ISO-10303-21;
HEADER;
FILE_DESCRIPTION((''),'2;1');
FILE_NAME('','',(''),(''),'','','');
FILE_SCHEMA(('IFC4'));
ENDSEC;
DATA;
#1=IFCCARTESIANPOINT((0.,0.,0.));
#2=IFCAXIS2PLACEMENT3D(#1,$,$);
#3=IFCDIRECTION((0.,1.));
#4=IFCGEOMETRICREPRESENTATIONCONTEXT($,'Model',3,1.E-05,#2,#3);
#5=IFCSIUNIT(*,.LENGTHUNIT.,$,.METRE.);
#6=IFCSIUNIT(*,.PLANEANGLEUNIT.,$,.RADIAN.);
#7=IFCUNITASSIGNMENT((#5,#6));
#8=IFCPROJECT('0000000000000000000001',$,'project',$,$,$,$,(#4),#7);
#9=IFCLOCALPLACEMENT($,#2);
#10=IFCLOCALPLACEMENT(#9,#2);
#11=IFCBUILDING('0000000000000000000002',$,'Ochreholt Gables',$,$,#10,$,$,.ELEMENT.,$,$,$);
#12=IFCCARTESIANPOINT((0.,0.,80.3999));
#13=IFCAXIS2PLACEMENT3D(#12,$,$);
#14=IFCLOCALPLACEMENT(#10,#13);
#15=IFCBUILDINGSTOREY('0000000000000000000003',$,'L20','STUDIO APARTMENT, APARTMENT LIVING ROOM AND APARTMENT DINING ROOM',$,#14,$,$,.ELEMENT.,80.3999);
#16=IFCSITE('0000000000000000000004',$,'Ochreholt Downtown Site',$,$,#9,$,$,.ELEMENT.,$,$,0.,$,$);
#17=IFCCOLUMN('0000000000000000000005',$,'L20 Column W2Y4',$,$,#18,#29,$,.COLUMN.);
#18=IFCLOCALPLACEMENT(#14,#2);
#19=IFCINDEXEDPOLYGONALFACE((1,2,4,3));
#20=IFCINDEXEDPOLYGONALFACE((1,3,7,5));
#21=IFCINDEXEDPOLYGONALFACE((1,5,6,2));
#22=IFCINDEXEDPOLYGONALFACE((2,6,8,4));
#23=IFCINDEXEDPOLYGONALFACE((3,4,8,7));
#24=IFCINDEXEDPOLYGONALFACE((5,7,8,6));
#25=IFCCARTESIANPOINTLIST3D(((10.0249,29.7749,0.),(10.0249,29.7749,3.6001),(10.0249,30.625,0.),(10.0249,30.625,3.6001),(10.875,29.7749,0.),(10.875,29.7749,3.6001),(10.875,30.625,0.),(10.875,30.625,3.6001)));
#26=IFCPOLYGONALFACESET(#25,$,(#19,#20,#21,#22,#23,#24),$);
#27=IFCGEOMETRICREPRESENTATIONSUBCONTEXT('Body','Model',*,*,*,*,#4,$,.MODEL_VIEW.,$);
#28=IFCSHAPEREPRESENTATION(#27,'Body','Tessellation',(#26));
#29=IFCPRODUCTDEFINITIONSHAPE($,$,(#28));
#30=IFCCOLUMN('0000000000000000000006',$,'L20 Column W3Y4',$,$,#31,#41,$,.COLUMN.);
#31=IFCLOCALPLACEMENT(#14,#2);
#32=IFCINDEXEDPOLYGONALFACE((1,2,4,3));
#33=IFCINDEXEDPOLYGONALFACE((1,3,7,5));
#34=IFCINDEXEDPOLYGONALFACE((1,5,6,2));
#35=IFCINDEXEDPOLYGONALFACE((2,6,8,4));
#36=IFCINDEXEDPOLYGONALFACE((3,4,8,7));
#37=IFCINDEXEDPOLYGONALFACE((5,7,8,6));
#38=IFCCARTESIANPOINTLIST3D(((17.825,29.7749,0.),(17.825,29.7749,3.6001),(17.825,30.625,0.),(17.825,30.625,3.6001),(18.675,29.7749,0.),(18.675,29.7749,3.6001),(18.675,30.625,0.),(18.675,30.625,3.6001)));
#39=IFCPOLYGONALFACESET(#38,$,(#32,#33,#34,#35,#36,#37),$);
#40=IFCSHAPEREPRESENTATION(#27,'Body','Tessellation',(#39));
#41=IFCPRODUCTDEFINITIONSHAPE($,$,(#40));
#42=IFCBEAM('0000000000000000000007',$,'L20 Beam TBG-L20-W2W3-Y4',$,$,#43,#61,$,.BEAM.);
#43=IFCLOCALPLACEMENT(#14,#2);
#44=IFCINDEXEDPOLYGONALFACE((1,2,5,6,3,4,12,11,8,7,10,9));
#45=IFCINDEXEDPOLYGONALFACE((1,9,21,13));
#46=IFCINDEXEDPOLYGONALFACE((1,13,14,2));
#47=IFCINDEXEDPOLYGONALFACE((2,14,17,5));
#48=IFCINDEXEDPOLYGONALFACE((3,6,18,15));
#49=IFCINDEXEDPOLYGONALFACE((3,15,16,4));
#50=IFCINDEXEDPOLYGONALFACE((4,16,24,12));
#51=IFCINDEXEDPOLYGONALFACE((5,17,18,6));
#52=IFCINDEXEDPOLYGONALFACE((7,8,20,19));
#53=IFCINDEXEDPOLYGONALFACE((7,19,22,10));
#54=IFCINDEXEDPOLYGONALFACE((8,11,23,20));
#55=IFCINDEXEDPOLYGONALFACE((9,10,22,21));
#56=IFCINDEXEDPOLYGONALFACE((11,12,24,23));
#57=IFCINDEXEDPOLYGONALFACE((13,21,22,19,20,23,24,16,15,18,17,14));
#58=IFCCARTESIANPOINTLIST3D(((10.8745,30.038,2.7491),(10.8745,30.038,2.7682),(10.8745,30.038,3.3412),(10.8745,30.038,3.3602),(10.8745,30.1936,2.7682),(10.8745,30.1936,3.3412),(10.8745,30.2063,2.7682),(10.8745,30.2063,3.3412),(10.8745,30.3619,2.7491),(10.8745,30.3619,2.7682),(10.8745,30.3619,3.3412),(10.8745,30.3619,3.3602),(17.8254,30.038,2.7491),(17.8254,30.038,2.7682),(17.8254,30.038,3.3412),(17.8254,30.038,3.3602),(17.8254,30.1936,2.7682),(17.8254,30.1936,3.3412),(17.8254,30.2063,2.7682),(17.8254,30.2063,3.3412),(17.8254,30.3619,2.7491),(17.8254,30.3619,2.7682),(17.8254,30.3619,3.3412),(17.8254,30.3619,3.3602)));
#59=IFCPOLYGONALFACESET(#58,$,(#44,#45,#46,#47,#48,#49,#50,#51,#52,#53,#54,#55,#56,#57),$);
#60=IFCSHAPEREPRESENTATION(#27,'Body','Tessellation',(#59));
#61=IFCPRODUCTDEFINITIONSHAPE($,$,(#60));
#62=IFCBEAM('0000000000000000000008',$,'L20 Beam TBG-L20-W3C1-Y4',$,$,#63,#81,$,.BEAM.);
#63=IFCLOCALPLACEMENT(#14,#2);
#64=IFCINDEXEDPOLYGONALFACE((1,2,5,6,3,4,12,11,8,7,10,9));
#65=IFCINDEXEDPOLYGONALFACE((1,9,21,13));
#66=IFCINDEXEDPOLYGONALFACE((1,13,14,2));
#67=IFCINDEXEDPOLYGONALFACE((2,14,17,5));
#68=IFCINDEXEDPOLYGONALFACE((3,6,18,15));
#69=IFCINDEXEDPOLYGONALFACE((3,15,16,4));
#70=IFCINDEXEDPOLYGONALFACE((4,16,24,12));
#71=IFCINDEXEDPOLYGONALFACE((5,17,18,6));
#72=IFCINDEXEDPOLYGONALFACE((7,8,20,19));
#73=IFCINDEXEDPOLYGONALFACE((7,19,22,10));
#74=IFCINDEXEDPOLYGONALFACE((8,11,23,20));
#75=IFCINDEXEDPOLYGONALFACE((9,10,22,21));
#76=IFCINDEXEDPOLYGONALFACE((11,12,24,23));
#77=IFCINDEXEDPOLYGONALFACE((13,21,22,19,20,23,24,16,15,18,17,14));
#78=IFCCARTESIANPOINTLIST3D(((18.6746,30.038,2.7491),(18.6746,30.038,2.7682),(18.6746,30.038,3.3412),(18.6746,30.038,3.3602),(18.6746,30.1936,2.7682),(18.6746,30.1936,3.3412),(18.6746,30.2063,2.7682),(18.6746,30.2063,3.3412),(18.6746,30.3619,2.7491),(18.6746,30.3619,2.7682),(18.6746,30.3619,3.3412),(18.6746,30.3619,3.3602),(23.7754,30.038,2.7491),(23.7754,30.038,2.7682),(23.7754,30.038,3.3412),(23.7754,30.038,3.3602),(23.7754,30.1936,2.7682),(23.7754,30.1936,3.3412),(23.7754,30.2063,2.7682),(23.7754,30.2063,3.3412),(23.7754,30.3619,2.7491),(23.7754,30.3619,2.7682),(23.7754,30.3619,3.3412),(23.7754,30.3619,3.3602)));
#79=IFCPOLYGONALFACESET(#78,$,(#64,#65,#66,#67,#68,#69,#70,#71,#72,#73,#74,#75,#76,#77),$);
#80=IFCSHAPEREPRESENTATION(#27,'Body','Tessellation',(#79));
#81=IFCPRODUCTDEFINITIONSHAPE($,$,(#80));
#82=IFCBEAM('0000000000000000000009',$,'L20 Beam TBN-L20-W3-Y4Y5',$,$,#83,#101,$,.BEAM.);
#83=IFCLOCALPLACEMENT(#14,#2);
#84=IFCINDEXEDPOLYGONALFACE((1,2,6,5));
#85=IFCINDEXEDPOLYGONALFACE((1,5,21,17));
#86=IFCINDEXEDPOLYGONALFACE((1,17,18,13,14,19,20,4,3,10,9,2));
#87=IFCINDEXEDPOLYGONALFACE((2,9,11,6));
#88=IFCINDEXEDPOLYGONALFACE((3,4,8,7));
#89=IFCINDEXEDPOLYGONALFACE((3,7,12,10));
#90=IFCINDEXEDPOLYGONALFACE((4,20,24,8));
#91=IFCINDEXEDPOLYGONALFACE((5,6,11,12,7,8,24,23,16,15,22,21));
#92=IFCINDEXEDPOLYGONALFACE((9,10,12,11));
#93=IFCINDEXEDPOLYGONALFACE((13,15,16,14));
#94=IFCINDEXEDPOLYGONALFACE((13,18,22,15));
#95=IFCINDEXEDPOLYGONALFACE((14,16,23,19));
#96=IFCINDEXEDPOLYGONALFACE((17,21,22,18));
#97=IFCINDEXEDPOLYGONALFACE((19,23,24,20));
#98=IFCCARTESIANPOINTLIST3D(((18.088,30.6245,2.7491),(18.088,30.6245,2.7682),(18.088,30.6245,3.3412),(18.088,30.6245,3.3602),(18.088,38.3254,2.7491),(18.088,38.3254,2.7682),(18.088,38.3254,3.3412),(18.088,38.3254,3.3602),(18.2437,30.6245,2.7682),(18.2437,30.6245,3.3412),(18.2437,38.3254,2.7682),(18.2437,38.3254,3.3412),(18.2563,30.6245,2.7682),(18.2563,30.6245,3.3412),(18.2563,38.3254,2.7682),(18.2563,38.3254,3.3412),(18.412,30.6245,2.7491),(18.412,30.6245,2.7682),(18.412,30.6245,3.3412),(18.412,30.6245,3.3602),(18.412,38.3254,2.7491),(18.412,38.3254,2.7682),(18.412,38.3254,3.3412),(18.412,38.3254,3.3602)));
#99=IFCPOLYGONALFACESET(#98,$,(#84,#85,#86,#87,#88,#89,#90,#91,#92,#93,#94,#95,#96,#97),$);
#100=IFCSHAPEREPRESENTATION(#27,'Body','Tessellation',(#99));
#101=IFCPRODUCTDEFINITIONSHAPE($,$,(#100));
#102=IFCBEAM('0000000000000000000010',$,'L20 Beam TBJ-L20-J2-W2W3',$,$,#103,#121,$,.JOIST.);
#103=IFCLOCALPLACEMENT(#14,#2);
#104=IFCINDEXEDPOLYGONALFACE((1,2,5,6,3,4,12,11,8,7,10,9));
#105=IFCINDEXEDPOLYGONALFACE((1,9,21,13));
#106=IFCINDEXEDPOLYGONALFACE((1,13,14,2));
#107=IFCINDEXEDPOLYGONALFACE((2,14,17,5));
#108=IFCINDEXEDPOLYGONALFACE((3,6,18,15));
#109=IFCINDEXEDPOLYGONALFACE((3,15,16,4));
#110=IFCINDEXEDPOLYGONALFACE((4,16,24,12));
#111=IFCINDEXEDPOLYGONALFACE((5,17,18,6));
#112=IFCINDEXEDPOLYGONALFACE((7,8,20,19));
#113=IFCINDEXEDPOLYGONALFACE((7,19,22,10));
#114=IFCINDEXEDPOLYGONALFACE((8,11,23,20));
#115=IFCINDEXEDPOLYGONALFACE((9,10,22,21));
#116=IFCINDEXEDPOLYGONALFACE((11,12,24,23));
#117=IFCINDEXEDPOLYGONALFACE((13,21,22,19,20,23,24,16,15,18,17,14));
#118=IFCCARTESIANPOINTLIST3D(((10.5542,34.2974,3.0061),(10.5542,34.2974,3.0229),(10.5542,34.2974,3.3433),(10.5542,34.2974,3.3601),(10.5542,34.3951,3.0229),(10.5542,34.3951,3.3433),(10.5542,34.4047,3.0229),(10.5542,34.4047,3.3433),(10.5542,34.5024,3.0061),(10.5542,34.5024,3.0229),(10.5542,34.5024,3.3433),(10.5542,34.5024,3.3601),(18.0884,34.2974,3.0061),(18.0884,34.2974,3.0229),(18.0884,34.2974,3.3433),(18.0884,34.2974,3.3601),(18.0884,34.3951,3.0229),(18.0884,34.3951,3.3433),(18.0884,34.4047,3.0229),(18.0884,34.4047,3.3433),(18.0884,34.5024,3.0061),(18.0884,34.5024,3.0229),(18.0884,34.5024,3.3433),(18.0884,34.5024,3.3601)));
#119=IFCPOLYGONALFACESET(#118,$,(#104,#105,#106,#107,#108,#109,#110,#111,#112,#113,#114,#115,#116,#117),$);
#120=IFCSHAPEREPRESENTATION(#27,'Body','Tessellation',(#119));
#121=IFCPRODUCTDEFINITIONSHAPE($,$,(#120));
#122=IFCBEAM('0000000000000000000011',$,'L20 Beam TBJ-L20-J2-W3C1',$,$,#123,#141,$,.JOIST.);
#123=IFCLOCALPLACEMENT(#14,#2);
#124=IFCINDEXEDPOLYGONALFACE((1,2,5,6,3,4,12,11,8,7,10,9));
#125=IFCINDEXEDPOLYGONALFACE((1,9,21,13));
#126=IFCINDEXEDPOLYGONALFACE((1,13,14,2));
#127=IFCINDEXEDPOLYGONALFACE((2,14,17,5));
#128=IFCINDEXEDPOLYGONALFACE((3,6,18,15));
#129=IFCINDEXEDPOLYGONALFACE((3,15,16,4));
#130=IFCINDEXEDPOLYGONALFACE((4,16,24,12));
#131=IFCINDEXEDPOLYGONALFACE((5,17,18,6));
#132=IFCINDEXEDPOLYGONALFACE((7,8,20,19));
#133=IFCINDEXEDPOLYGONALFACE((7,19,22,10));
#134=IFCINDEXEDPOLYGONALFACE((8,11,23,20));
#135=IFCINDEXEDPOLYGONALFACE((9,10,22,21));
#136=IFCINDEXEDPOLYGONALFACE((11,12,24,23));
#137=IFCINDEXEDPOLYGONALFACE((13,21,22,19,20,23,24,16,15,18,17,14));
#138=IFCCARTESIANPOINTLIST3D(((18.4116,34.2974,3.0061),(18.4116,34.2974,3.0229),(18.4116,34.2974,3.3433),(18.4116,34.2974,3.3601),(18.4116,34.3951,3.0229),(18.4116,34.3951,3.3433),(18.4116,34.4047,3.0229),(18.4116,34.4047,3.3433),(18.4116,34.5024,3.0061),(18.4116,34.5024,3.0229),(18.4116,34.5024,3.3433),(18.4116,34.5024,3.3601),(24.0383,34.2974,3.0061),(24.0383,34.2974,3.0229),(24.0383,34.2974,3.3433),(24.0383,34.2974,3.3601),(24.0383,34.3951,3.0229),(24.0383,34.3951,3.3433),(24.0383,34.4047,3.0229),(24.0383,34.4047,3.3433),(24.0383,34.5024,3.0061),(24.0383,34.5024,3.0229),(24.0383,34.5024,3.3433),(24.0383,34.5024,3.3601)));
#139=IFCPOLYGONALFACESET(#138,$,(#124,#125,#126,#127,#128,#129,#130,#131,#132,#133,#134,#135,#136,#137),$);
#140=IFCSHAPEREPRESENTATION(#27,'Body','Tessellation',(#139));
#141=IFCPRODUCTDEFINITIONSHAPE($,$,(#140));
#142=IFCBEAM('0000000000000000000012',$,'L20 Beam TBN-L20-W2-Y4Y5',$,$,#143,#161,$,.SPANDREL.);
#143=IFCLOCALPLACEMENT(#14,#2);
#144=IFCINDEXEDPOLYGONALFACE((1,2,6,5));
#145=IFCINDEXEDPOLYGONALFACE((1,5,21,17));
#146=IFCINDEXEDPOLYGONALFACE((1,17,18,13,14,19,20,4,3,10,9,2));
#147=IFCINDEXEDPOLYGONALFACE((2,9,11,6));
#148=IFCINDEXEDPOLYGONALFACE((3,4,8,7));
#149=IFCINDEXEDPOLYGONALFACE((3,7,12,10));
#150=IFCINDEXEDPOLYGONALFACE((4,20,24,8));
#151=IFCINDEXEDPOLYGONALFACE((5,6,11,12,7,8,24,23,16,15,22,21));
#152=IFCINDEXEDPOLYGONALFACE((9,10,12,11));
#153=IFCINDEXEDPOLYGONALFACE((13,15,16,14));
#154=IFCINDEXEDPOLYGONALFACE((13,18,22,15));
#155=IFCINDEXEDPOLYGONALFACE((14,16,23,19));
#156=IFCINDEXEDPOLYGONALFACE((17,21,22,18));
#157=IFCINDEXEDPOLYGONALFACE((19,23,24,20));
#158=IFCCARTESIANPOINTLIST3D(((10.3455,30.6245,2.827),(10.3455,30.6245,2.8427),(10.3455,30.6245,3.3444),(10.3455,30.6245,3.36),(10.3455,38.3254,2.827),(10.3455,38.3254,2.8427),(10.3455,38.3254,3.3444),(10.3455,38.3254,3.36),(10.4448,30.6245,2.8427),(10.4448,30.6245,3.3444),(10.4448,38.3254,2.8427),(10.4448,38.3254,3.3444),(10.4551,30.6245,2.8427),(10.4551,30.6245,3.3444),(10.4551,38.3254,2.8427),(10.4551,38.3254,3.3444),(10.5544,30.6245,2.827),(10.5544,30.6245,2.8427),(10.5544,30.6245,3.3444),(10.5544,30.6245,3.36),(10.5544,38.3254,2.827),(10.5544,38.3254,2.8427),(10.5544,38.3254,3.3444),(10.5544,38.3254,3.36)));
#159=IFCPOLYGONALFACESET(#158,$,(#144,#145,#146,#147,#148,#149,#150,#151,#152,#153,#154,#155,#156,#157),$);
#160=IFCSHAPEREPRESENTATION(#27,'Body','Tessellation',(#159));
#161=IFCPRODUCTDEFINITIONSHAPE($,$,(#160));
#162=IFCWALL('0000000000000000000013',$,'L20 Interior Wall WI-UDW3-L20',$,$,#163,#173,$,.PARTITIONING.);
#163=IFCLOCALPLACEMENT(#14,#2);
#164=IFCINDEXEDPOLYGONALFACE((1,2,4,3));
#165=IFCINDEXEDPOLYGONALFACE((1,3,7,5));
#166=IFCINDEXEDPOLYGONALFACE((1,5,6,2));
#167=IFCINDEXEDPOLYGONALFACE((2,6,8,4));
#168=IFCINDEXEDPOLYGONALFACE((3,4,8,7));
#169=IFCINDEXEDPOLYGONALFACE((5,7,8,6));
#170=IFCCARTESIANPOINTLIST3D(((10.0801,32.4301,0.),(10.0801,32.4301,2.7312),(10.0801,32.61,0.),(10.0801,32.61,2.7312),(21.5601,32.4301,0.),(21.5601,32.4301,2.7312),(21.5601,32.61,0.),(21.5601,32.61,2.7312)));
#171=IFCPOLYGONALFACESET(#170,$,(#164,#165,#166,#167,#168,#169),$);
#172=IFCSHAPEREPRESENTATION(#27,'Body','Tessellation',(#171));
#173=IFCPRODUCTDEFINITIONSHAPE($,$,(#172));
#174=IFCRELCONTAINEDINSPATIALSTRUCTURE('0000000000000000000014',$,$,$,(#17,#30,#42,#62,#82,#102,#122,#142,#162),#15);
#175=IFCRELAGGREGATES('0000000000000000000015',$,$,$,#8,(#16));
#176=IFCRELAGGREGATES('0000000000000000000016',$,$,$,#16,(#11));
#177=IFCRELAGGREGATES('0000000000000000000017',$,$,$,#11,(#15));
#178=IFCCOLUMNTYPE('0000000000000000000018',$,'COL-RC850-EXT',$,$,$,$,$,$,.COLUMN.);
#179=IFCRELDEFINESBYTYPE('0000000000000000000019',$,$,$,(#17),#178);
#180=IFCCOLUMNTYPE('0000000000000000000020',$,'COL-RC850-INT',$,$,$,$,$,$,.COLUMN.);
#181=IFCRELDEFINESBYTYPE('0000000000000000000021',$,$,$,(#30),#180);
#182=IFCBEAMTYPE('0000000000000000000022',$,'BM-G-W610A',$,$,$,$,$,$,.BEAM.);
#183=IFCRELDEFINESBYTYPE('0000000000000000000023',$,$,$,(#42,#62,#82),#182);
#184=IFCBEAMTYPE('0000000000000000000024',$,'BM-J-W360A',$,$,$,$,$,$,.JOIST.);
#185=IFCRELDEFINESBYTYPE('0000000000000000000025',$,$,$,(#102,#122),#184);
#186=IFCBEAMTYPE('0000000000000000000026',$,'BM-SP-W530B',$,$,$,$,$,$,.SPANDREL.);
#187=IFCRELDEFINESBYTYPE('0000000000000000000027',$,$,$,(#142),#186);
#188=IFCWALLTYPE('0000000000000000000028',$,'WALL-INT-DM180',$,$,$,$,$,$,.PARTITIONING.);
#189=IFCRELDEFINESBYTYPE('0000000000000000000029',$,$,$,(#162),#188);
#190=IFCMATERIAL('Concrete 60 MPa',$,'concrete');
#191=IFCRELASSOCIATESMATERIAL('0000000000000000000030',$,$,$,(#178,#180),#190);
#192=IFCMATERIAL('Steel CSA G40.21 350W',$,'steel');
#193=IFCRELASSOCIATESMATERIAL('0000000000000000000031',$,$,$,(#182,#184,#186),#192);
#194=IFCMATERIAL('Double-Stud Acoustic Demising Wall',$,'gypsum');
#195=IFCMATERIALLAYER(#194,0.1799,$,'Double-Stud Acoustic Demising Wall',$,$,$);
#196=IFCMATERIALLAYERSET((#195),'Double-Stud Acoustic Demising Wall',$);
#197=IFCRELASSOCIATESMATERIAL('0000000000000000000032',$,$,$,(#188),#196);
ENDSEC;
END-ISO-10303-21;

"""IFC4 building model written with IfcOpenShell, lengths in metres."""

from ifc_helpers import new_model, si_unit, direction, frame, frame_2d, origin, origin_2d, place, context, subcontext, project, spatial, rectangle, i_section, extrude, material, layer, layer_set, material_profile, profile_set, type_object, element, save


model = new_model("IFC4")

# Units and contexts
model_context = context("Model", 3, precision=1e-05, world=origin(), true_north=direction((0.0, 1.0)))
body_context = subcontext(model_context, "Body", "Model", "MODEL_VIEW")
ifc_project = project(units=[si_unit("LENGTHUNIT", "METRE"), si_unit("PLANEANGLEUNIT", "RADIAN")], contexts=[model_context])

# Site, building, storey
site_placement = place(None, origin())
site = spatial("IfcSite", under=ifc_project, at=site_placement, Name="Ochreholt Downtown Site", CompositionType="ELEMENT", RefElevation=0.0)
building_placement = place(site_placement, origin())
building = spatial("IfcBuilding", under=site, at=building_placement, Name="Ochreholt Gables", CompositionType="ELEMENT")
storey_placement = place(building_placement, frame((0.0, 0.0, 80.3999)))
storey = spatial("IfcBuildingStorey", under=building, at=storey_placement, Name="L20", Description="STUDIO APARTMENT, APARTMENT LIVING ROOM AND APARTMENT DINING ROOM", CompositionType="ELEMENT", Elevation=80.3999)

# Columns
ifc_material_1 = material(Name="Concrete 60 MPa", Category="concrete")
ifc_material_profile_1 = material_profile(ifc_material_1, rectangle(XDim=0.8501, YDim=0.8501, at=origin_2d()), Name="RC850X850")
ifc_profile_set_1 = profile_set([ifc_material_profile_1], Name="Concrete 60 MPa")
column_type_1 = type_object("IfcColumnType", Name="COL-RC850-EXT", PredefinedType="COLUMN", material=ifc_profile_set_1)
column_1_placement = place(storey_placement, frame((10.45, 30.2, 0.0), z_axis=(0.0, 0.0, 1.0), x_axis=(1.0, 0.0, 0.0)))
element("IfcColumn", 1, at=column_1_placement, inside=storey, type_object=column_type_1, Name="L20 Column W2Y4", PredefinedType="COLUMN", context=body_context, shape_type="SweptSolid", body=[
    extrude(rectangle(XDim=0.8501, YDim=0.8501, at=origin_2d()), origin(), (0.0, 0.0, 1.0), 3.6001),
])
ifc_material_profile_2 = material_profile(ifc_material_1, rectangle(XDim=0.8501, YDim=0.8501, at=origin_2d()), Name="RC850X850")
ifc_profile_set_2 = profile_set([ifc_material_profile_2], Name="Concrete 60 MPa")
column_type_2 = type_object("IfcColumnType", Name="COL-RC850-INT", PredefinedType="COLUMN", material=ifc_profile_set_2)
column_2_placement = place(storey_placement, frame((18.25, 30.2, 0.0), z_axis=(0.0, 0.0, 1.0), x_axis=(1.0, 0.0, 0.0)))
element("IfcColumn", 2, at=column_2_placement, inside=storey, type_object=column_type_2, Name="L20 Column W3Y4", PredefinedType="COLUMN", context=body_context, shape_type="SweptSolid", body=[
    extrude(rectangle(XDim=0.8501, YDim=0.8501, at=origin_2d()), origin(), (0.0, 0.0, 1.0), 3.6001),
])

# Beams
ifc_material_2 = material(Name="Steel CSA G40.21 350W", Category="steel")
ifc_material_profile_3 = material_profile(ifc_material_2, i_section(OverallWidth=0.324, OverallDepth=0.6111, WebThickness=0.0127, FlangeThickness=0.019, at=origin_2d()), Name="W610X155")
ifc_profile_set_3 = profile_set([ifc_material_profile_3], Name="Steel CSA G40.21 350W")
beam_type_1 = type_object("IfcBeamType", Name="BM-G-W610A", PredefinedType="BEAM", material=ifc_profile_set_3)
beam_1_placement = place(storey_placement, frame((10.8745, 30.2, 3.0547), z_axis=(1.0, 0.0, 0.0), x_axis=(0.0, 1.0, 0.0)))
element("IfcBeam", 3, at=beam_1_placement, inside=storey, type_object=beam_type_1, Name="L20 Beam TBG-L20-W2W3-Y4", PredefinedType="BEAM", context=body_context, shape_type="SweptSolid", body=[
    extrude(i_section(OverallWidth=0.324, OverallDepth=0.6111, WebThickness=0.0127, FlangeThickness=0.019, at=origin_2d()), origin(), (0.0, 0.0, 1.0), 6.9509),
])
beam_2_placement = place(storey_placement, frame((18.6746, 30.2, 3.0547), z_axis=(1.0, 0.0, 0.0), x_axis=(0.0, 1.0, 0.0)))
element("IfcBeam", 4, at=beam_2_placement, inside=storey, type_object=beam_type_1, Name="L20 Beam TBG-L20-W3C1-Y4", PredefinedType="BEAM", context=body_context, shape_type="SweptSolid", body=[
    extrude(i_section(OverallWidth=0.324, OverallDepth=0.6111, WebThickness=0.0127, FlangeThickness=0.019, at=origin_2d()), origin(), (0.0, 0.0, 1.0), 5.1008),
])
beam_3_placement = place(storey_placement, frame((18.25, 30.6245, 3.0547), z_axis=(0.0, 1.0, 0.0), x_axis=(-1.0, 0.0, 0.0)))
element("IfcBeam", 5, at=beam_3_placement, inside=storey, type_object=beam_type_1, Name="L20 Beam TBN-L20-W3-Y4Y5", PredefinedType="BEAM", context=body_context, shape_type="SweptSolid", body=[
    extrude(i_section(OverallWidth=0.324, OverallDepth=0.6111, WebThickness=0.0127, FlangeThickness=0.019, at=origin_2d()), origin(), (0.0, 0.0, 1.0), 7.7009),
])
ifc_material_profile_4 = material_profile(ifc_material_2, i_section(OverallWidth=0.2051, OverallDepth=0.354, WebThickness=0.0095, FlangeThickness=0.0168, at=origin_2d()), Name="W360X79")
ifc_profile_set_4 = profile_set([ifc_material_profile_4], Name="Steel CSA G40.21 350W")
beam_type_2 = type_object("IfcBeamType", Name="BM-J-W360A", PredefinedType="JOIST", material=ifc_profile_set_4)
beam_4_placement = place(storey_placement, frame((10.5542, 34.3999, 3.1831), z_axis=(1.0, 0.0, 0.0), x_axis=(0.0, 1.0, 0.0)))
element("IfcBeam", 6, at=beam_4_placement, inside=storey, type_object=beam_type_2, Name="L20 Beam TBJ-L20-J2-W2W3", PredefinedType="JOIST", context=body_context, shape_type="SweptSolid", body=[
    extrude(i_section(OverallWidth=0.2051, OverallDepth=0.354, WebThickness=0.0095, FlangeThickness=0.0168, at=origin_2d()), origin(), (0.0, 0.0, 1.0), 7.5342),
])
beam_5_placement = place(storey_placement, frame((18.4116, 34.3999, 3.1831), z_axis=(1.0, 0.0, 0.0), x_axis=(0.0, 1.0, 0.0)))
element("IfcBeam", 7, at=beam_5_placement, inside=storey, type_object=beam_type_2, Name="L20 Beam TBJ-L20-J2-W3C1", PredefinedType="JOIST", context=body_context, shape_type="SweptSolid", body=[
    extrude(i_section(OverallWidth=0.2051, OverallDepth=0.354, WebThickness=0.0095, FlangeThickness=0.0168, at=origin_2d()), origin(), (0.0, 0.0, 1.0), 5.6267),
])
ifc_material_profile_5 = material_profile(ifc_material_2, i_section(OverallWidth=0.209, OverallDepth=0.533, WebThickness=0.0103, FlangeThickness=0.0156, at=origin_2d()), Name="W530X92")
ifc_profile_set_5 = profile_set([ifc_material_profile_5], Name="Steel CSA G40.21 350W")
beam_type_3 = type_object("IfcBeamType", Name="BM-SP-W530B", PredefinedType="SPANDREL", material=ifc_profile_set_5)
beam_6_placement = place(storey_placement, frame((10.45, 30.6245, 3.0935), z_axis=(0.0, 1.0, 0.0), x_axis=(-1.0, 0.0, 0.0)))
element("IfcBeam", 8, at=beam_6_placement, inside=storey, type_object=beam_type_3, Name="L20 Beam TBN-L20-W2-Y4Y5", PredefinedType="SPANDREL", context=body_context, shape_type="SweptSolid", body=[
    extrude(i_section(OverallWidth=0.209, OverallDepth=0.533, WebThickness=0.0103, FlangeThickness=0.0156, at=origin_2d()), origin(), (0.0, 0.0, 1.0), 7.7009),
])

# Wall
ifc_material_3 = material(Name="Double-Stud Acoustic Demising Wall", Category="gypsum")
ifc_layer_1 = layer(ifc_material_3, 0.1799, Name="Double-Stud Acoustic Demising Wall")
ifc_layer_set_1 = layer_set([ifc_layer_1], Name="Double-Stud Acoustic Demising Wall")
wall_type_1 = type_object("IfcWallType", Name="WALL-INT-DM180", PredefinedType="PARTITIONING", material=ifc_layer_set_1)
wall_1_placement = place(storey_placement, frame((10.0801, 32.52, 0.0), z_axis=(0.0, 0.0, 1.0), x_axis=(1.0, 0.0, 0.0)))
element("IfcWall", 9, at=wall_1_placement, inside=storey, type_object=wall_type_1, Name="L20 Interior Wall WI-UDW3-L20", PredefinedType="PARTITIONING", context=body_context, shape_type="SweptSolid", body=[
    extrude(rectangle(XDim=11.48, YDim=0.1799, at=frame_2d((5.74, 0.0))), origin(), (0.0, 0.0, 1.0), 2.7312),
])

save(model, "model.ifc")
